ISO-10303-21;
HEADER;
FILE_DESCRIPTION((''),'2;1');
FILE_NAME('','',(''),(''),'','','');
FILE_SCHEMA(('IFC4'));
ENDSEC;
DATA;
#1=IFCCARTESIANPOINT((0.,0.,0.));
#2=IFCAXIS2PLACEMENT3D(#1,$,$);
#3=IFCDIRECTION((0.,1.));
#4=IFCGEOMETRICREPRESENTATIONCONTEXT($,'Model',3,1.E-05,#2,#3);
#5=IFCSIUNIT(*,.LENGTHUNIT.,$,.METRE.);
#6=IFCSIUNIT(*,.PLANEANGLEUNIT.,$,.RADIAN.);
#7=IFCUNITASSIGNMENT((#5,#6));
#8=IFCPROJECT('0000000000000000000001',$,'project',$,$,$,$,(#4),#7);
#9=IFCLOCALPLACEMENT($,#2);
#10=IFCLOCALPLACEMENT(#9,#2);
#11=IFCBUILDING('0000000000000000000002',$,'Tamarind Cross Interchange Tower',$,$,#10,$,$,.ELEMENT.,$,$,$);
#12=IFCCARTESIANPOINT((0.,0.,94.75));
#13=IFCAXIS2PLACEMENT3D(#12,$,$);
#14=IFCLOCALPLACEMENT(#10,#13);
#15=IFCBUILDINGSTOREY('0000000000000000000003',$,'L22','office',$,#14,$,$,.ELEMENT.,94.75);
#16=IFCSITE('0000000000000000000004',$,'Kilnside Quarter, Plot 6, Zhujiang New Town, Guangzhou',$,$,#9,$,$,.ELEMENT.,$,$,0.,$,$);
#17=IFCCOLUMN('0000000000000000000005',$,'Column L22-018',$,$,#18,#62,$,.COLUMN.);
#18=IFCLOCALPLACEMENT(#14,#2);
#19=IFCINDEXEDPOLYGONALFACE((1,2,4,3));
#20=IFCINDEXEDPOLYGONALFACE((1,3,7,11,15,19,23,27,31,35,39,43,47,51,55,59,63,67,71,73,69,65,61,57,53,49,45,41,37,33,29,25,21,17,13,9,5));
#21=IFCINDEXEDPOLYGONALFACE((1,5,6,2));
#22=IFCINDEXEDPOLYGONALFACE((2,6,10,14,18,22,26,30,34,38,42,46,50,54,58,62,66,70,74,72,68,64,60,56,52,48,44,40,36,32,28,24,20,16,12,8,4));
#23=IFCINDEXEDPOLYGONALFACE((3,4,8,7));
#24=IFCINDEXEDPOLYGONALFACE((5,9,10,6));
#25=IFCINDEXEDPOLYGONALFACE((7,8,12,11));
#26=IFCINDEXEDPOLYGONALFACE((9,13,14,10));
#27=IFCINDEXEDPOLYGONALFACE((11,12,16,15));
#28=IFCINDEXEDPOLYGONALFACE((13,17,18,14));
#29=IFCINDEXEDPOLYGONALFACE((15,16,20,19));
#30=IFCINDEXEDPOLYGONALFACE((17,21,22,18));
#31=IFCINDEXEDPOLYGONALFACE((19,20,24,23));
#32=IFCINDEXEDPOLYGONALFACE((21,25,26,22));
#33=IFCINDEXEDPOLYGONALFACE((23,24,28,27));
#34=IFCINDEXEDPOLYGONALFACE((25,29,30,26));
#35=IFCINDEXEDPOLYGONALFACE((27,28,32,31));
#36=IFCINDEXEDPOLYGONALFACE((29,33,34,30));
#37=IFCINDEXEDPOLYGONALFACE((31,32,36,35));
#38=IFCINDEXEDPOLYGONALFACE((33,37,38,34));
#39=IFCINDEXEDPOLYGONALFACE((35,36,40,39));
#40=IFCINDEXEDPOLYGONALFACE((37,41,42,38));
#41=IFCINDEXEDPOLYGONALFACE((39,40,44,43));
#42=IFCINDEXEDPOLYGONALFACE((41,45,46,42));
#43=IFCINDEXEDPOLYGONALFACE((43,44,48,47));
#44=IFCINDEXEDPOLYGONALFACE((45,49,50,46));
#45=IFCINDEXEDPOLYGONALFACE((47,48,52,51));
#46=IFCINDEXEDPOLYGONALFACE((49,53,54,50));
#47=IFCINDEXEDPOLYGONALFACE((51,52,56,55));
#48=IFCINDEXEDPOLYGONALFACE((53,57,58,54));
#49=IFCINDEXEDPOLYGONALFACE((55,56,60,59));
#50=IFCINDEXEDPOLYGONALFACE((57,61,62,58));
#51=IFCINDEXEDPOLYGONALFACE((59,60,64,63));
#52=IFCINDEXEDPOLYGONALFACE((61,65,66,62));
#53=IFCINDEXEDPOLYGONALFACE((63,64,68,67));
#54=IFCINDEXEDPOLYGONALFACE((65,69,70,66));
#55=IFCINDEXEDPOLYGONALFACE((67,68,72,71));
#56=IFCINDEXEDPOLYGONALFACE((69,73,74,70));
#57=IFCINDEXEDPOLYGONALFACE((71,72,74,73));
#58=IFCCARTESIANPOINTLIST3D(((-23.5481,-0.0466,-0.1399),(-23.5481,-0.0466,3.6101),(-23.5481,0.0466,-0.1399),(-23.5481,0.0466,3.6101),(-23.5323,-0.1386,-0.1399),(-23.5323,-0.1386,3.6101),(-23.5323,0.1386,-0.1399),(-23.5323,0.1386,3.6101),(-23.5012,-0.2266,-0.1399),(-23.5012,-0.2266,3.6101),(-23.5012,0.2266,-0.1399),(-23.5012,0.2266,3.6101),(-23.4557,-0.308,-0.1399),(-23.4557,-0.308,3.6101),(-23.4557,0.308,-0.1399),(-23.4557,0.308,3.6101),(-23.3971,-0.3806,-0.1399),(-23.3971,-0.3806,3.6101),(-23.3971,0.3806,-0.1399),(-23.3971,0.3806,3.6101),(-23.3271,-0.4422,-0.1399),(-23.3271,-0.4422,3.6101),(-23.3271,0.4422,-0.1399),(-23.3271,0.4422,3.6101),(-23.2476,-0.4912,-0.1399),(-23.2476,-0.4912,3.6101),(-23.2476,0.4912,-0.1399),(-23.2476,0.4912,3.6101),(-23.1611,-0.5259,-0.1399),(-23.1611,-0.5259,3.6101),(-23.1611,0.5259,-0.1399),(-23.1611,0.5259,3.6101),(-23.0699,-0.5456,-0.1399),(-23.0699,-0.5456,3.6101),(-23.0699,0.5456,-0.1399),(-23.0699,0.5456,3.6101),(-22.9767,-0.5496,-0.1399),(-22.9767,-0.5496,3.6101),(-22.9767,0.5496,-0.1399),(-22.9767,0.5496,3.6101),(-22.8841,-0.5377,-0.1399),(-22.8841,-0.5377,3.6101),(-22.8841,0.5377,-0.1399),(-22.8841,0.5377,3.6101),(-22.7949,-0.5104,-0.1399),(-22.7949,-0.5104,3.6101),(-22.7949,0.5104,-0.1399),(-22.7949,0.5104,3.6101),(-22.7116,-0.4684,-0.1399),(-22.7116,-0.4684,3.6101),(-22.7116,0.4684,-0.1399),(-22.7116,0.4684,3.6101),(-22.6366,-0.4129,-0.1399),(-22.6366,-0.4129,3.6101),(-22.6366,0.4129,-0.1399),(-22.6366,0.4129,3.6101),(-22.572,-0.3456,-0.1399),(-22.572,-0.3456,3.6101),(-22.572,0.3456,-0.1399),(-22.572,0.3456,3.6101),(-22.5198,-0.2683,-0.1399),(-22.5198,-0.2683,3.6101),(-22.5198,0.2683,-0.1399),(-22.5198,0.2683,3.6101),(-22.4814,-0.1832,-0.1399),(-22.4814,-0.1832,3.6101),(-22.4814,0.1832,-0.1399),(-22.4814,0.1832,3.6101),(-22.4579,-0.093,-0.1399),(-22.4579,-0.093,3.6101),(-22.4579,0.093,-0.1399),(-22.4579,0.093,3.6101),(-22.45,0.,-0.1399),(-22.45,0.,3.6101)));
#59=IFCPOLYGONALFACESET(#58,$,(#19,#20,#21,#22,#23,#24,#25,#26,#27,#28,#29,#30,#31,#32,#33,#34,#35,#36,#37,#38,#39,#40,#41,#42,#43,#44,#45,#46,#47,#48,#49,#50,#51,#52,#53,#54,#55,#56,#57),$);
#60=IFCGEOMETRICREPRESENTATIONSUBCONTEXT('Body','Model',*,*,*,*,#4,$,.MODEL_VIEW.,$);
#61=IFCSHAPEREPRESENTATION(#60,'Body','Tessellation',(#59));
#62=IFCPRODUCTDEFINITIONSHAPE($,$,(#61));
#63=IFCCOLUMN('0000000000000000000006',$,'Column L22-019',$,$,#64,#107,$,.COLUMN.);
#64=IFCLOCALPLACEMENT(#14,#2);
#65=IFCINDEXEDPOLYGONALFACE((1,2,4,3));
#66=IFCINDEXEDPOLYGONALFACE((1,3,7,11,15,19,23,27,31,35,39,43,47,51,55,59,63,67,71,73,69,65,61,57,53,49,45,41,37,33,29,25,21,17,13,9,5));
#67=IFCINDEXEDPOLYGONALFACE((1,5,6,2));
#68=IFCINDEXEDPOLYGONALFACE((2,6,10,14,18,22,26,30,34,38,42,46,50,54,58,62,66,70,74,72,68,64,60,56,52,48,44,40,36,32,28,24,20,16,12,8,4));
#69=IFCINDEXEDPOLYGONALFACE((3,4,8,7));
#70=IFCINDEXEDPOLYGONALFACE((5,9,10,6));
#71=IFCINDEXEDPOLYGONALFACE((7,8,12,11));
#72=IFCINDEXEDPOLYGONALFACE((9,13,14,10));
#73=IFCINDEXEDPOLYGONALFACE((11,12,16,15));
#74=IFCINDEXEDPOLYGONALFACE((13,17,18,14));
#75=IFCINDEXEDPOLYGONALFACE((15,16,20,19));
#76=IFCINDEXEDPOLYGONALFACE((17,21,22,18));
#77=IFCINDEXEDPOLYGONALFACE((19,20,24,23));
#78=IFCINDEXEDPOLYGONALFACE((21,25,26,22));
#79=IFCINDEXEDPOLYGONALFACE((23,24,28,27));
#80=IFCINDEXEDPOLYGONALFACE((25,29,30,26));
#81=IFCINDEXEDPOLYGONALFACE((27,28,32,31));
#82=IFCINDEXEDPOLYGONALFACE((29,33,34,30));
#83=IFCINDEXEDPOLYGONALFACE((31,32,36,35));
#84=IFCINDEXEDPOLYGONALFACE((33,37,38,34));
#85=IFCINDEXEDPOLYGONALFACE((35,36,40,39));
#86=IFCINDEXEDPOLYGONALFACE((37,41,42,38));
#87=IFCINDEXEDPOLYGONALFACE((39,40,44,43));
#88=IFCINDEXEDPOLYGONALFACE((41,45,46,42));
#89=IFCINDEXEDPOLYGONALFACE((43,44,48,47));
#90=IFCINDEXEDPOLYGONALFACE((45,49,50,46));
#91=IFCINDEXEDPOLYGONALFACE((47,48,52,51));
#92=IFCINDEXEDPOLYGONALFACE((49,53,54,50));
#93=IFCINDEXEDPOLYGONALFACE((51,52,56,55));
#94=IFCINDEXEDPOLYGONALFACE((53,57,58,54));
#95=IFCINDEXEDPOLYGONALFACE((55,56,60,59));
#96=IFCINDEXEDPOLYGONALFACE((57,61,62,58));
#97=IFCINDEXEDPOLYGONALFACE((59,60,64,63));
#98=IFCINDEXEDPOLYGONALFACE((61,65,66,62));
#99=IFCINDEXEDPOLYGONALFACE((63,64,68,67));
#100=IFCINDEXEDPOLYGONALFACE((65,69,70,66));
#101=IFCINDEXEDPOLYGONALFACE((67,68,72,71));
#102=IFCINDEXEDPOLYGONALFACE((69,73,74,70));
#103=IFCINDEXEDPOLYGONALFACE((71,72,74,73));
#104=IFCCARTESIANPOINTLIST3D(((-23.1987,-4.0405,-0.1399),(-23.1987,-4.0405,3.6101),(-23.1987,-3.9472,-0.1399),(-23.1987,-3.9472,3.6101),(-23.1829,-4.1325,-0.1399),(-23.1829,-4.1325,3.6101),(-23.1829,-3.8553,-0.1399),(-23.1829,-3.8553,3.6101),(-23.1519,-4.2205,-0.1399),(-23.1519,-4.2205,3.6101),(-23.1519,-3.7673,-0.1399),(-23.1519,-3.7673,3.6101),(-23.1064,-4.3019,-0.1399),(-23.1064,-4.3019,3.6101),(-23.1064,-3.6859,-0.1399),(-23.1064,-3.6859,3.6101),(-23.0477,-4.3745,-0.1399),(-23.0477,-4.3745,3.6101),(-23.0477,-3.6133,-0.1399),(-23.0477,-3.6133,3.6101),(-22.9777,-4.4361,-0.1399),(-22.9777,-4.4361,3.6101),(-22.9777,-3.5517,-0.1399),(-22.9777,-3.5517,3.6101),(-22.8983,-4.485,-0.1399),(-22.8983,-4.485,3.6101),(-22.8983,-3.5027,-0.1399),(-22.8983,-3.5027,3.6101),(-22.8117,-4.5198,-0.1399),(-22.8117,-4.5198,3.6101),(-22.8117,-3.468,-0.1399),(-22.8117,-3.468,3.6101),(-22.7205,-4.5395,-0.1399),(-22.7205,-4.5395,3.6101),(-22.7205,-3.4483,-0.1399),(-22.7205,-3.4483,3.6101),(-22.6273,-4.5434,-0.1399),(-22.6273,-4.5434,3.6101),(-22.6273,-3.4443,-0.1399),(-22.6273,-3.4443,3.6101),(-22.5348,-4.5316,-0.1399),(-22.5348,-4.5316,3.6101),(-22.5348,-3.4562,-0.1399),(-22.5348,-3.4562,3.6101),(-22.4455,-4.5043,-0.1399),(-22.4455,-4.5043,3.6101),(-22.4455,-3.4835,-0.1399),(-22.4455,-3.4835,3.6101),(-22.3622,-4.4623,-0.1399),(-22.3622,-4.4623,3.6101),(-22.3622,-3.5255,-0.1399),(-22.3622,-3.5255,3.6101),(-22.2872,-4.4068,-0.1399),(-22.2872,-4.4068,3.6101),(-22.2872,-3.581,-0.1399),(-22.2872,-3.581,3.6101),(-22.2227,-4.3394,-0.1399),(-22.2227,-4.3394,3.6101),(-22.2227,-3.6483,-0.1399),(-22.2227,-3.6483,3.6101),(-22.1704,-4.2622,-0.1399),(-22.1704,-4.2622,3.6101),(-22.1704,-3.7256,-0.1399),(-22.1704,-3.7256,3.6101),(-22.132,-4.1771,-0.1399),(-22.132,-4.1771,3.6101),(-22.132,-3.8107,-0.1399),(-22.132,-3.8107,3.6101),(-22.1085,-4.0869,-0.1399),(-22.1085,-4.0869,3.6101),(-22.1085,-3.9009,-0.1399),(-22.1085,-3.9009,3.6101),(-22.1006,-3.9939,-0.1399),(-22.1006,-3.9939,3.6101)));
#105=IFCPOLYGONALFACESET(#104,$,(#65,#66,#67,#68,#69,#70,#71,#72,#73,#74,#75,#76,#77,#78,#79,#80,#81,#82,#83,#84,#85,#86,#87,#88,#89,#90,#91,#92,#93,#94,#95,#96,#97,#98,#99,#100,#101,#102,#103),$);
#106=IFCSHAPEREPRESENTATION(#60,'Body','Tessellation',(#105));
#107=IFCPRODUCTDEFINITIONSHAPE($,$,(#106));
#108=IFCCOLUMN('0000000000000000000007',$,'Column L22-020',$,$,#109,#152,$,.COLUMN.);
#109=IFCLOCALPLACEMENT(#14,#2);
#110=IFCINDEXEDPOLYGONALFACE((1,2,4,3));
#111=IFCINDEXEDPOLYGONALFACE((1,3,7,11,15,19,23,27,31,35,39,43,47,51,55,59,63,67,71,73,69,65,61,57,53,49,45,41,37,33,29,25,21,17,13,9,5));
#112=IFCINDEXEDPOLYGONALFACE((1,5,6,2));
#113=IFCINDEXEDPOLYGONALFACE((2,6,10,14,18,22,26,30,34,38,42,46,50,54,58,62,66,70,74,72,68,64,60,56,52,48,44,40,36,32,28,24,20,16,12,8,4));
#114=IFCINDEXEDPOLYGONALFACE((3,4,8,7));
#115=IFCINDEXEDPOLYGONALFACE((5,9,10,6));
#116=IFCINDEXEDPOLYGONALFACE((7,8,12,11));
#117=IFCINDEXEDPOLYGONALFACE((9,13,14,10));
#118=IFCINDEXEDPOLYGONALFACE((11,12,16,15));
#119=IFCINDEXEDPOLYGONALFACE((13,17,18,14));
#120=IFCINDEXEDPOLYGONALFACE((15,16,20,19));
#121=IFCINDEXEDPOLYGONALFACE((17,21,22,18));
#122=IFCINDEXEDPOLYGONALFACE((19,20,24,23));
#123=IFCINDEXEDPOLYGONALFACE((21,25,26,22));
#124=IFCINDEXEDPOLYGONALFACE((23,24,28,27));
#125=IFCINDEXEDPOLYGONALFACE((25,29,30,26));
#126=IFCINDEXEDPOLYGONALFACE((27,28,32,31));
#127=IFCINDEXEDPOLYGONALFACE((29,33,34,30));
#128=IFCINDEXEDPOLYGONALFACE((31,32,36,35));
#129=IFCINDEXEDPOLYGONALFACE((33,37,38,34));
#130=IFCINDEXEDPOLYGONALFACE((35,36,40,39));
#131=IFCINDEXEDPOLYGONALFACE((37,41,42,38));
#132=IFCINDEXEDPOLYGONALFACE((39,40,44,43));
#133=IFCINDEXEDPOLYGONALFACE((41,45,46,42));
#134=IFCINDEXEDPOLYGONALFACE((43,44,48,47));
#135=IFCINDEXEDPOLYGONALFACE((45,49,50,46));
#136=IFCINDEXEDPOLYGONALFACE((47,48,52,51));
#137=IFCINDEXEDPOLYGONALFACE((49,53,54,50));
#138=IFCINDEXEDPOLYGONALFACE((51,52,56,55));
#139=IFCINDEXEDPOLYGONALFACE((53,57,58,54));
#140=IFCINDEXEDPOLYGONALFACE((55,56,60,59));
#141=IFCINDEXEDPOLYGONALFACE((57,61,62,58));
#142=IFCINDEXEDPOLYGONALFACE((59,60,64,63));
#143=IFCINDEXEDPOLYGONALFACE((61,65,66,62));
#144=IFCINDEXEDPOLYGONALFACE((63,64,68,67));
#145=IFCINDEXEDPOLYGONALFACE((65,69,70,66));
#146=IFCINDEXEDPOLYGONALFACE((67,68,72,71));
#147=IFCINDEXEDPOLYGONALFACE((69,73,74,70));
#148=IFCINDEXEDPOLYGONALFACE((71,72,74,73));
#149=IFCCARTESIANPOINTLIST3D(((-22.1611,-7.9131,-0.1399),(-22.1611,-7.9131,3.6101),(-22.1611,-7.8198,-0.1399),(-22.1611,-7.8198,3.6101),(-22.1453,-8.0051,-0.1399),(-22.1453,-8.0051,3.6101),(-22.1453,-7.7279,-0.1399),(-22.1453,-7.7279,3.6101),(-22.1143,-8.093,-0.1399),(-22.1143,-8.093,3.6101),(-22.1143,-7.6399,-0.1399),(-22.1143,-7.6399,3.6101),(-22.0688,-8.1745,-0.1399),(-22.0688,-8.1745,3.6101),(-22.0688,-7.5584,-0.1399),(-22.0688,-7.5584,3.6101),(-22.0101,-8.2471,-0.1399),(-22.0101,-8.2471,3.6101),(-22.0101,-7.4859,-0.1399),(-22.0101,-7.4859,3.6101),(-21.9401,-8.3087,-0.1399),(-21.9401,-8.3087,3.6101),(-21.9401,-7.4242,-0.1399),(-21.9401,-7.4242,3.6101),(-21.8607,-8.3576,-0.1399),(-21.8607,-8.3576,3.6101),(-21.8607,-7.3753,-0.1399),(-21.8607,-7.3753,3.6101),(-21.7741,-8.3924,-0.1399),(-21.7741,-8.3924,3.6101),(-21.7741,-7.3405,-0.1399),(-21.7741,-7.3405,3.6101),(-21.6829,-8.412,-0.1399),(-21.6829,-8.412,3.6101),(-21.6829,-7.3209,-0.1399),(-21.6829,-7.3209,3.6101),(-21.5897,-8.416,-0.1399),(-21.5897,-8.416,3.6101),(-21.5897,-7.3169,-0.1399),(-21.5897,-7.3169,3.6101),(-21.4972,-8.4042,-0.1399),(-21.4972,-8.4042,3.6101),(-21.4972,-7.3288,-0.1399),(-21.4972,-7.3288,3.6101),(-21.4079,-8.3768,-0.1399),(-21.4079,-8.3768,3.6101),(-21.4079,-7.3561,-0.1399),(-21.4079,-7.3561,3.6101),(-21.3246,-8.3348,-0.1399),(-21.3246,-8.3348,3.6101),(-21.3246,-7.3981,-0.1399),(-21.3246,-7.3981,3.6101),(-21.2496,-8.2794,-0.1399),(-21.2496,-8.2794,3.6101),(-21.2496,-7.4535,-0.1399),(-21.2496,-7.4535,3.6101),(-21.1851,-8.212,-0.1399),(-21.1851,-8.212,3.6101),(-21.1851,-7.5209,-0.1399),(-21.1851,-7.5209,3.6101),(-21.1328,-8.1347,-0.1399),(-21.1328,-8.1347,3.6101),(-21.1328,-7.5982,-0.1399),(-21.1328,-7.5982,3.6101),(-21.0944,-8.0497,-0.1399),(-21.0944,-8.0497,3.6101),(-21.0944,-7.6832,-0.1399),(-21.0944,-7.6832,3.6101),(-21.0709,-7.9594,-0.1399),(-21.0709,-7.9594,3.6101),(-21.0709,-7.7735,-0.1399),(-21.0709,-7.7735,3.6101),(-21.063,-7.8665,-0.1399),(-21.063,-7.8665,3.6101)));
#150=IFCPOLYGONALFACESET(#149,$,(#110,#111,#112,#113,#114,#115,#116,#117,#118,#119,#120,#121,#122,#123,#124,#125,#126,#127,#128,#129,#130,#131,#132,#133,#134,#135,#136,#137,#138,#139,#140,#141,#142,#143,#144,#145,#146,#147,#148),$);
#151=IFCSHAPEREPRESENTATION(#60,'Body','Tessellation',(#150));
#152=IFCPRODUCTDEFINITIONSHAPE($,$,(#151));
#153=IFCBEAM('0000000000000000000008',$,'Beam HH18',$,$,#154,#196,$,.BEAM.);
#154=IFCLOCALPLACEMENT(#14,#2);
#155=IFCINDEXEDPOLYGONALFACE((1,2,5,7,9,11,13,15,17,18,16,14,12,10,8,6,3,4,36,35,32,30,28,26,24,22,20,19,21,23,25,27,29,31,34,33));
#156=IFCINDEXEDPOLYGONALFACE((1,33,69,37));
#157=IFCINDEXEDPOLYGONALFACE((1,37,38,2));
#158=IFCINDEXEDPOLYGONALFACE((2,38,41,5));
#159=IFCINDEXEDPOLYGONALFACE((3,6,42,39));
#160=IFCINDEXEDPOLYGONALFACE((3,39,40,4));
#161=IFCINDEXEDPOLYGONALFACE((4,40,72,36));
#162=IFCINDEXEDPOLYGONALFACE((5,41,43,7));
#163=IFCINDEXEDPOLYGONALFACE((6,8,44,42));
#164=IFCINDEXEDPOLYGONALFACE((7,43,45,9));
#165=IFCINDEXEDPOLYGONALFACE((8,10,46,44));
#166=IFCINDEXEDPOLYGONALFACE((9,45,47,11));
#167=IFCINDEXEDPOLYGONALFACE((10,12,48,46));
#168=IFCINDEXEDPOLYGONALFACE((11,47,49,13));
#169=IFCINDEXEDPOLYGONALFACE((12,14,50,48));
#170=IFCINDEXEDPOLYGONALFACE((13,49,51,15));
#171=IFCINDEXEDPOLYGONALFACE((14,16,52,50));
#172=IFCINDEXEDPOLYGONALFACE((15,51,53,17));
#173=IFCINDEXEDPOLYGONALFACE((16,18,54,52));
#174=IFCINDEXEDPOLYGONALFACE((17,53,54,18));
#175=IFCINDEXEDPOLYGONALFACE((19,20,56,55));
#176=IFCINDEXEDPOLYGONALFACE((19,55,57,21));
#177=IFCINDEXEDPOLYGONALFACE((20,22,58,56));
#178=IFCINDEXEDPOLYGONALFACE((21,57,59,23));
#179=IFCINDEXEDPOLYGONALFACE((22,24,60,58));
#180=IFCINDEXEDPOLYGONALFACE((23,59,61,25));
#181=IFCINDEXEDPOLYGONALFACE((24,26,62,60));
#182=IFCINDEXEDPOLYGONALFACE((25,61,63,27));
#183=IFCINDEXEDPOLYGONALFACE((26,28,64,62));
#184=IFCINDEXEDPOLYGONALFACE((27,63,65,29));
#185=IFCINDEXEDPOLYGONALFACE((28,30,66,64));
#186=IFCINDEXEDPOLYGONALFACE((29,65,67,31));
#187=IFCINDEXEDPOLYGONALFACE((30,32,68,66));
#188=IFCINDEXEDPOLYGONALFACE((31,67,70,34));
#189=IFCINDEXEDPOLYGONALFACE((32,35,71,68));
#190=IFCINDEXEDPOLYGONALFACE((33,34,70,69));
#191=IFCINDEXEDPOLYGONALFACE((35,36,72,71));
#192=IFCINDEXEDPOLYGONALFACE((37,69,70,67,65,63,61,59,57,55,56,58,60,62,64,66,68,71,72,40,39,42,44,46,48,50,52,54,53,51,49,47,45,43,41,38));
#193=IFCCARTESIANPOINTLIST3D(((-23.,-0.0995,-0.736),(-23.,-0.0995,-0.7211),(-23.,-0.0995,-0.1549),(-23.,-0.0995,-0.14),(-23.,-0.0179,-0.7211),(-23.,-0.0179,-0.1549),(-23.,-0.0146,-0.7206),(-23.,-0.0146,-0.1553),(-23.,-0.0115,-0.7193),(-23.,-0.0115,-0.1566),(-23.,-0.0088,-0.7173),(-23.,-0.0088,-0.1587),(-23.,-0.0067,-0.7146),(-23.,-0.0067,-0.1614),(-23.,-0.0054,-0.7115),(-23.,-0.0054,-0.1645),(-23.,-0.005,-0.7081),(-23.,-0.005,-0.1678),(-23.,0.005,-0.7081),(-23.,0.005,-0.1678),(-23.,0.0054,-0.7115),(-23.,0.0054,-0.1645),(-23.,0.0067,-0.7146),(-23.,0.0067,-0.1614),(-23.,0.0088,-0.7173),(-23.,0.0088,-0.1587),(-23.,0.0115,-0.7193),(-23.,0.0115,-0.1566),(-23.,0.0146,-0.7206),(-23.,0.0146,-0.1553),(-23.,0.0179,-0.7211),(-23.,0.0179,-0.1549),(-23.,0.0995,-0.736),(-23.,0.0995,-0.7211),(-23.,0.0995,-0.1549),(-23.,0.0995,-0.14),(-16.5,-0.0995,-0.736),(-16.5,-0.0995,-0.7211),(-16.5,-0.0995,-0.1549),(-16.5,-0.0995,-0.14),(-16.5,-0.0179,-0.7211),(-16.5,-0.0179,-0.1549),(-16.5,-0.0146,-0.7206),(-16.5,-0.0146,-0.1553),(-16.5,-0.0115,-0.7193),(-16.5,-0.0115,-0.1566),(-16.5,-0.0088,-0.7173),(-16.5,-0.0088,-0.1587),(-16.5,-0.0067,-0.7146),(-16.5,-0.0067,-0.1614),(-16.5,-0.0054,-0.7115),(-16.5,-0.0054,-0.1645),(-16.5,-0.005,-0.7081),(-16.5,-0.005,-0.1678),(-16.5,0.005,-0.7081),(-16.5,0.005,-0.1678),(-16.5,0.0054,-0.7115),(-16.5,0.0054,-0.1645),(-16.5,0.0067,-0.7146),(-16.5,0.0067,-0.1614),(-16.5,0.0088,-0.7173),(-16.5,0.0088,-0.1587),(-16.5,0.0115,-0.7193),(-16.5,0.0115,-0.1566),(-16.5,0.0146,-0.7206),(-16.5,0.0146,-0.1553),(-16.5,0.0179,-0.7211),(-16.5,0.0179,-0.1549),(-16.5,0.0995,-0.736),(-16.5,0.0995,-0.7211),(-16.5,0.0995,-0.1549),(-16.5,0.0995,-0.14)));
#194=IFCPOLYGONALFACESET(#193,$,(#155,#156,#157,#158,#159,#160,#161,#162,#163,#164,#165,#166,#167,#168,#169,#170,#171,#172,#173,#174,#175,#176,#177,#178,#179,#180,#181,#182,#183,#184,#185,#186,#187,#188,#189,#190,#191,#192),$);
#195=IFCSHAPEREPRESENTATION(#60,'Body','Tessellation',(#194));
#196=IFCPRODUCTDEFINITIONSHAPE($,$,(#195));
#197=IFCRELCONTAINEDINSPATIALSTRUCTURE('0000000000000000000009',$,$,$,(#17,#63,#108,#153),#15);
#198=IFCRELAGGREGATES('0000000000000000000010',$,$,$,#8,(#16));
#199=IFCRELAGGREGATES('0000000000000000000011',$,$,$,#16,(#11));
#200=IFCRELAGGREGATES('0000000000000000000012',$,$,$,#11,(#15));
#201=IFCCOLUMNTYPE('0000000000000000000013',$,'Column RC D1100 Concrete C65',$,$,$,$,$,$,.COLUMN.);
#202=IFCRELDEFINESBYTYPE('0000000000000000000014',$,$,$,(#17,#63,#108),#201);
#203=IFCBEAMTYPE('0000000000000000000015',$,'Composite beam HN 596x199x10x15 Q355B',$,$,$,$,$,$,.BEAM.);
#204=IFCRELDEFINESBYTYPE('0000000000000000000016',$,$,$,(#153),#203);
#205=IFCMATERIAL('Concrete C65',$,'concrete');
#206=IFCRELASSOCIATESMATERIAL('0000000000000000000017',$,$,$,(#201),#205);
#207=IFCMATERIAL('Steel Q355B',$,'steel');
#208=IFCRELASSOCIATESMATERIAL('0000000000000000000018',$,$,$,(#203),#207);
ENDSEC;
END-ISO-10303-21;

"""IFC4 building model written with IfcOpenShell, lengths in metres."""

from ifc_helpers import new_model, si_unit, direction, frame, origin, origin_2d, place, context, subcontext, project, spatial, circle, i_section, extrude, material, material_profile, profile_set, type_object, element, save


model = new_model("IFC4")

# Units and contexts
model_context = context("Model", 3, precision=1e-05, world=origin(), true_north=direction((0.0, 1.0)))
body_context = subcontext(model_context, "Body", "Model", "MODEL_VIEW")
ifc_project = project(units=[si_unit("LENGTHUNIT", "METRE"), si_unit("PLANEANGLEUNIT", "RADIAN")], contexts=[model_context])

# Site, building, storey
site_placement = place(None, origin())
site = spatial("IfcSite", under=ifc_project, at=site_placement, Name="Kilnside Quarter, Plot 6, Zhujiang New Town, Guangzhou", CompositionType="ELEMENT", RefElevation=0.0)
building_placement = place(site_placement, origin())
building = spatial("IfcBuilding", under=site, at=building_placement, Name="Tamarind Cross Interchange Tower", CompositionType="ELEMENT")
storey_placement = place(building_placement, frame((0.0, 0.0, 94.75)))
storey = spatial("IfcBuildingStorey", under=building, at=storey_placement, Name="L22", Description="office", CompositionType="ELEMENT", Elevation=94.75)

# Columns
ifc_material_1 = material(Name="Concrete C65", Category="concrete")
ifc_material_profile_1 = material_profile(ifc_material_1, circle(Radius=0.55, at=origin_2d()), Name="RC D1100")
ifc_profile_set_1 = profile_set([ifc_material_profile_1], Name="Concrete C65")
column_type = type_object("IfcColumnType", Name="Column RC D1100 Concrete C65", PredefinedType="COLUMN", material=ifc_profile_set_1)
for number, where, z_axis, x_axis, name in (
    (1, (-23.0, 0.0, -0.1399), (0.0, 0.0, 1.0), (1.0, 0.0, 0.0), "Column L22-018"),
    (2, (-22.6506, -3.9939, -0.1399), (0.0, 0.0, 1.0), (1.0, 0.0, 0.0), "Column L22-019"),
    (3, (-21.613, -7.8665, -0.1399), (0.0, 0.0, 1.0), (1.0, 0.0, 0.0), "Column L22-020"),
):
    element("IfcColumn", number, at=place(storey_placement, frame(where, z_axis=z_axis, x_axis=x_axis)), inside=storey, type_object=column_type, Name=name, PredefinedType="COLUMN", context=body_context, shape_type="SweptSolid", body=[
        extrude(circle(Radius=0.55, at=origin_2d()), origin(), (0.0, 0.0, 1.0), 3.75),
    ])

# Beam
ifc_material_2 = material(Name="Steel Q355B", Category="steel")
ifc_material_profile_2 = material_profile(ifc_material_2, i_section(OverallWidth=0.199, OverallDepth=0.5959, WebThickness=0.01, FlangeThickness=0.0149, FilletRadius=0.0129, at=origin_2d()), Name="HN 596x199x10x15")
ifc_profile_set_2 = profile_set([ifc_material_profile_2], Name="Steel Q355B")
beam_type = type_object("IfcBeamType", Name="Composite beam HN 596x199x10x15 Q355B", PredefinedType="BEAM", material=ifc_profile_set_2)
beam_1_placement = place(storey_placement, frame((-23.0, 0.0, -0.438), z_axis=(1.0, 0.0, 0.0), x_axis=(0.0, 1.0, 0.0)))
element("IfcBeam", 4, at=beam_1_placement, inside=storey, type_object=beam_type, Name="Beam HH18", PredefinedType="BEAM", context=body_context, shape_type="SweptSolid", body=[
    extrude(i_section(OverallWidth=0.199, OverallDepth=0.5959, WebThickness=0.01, FlangeThickness=0.0149, FilletRadius=0.0129, at=origin_2d()), origin(), (0.0, 0.0, 1.0), 6.5),
])

save(model, "model.ifc")
